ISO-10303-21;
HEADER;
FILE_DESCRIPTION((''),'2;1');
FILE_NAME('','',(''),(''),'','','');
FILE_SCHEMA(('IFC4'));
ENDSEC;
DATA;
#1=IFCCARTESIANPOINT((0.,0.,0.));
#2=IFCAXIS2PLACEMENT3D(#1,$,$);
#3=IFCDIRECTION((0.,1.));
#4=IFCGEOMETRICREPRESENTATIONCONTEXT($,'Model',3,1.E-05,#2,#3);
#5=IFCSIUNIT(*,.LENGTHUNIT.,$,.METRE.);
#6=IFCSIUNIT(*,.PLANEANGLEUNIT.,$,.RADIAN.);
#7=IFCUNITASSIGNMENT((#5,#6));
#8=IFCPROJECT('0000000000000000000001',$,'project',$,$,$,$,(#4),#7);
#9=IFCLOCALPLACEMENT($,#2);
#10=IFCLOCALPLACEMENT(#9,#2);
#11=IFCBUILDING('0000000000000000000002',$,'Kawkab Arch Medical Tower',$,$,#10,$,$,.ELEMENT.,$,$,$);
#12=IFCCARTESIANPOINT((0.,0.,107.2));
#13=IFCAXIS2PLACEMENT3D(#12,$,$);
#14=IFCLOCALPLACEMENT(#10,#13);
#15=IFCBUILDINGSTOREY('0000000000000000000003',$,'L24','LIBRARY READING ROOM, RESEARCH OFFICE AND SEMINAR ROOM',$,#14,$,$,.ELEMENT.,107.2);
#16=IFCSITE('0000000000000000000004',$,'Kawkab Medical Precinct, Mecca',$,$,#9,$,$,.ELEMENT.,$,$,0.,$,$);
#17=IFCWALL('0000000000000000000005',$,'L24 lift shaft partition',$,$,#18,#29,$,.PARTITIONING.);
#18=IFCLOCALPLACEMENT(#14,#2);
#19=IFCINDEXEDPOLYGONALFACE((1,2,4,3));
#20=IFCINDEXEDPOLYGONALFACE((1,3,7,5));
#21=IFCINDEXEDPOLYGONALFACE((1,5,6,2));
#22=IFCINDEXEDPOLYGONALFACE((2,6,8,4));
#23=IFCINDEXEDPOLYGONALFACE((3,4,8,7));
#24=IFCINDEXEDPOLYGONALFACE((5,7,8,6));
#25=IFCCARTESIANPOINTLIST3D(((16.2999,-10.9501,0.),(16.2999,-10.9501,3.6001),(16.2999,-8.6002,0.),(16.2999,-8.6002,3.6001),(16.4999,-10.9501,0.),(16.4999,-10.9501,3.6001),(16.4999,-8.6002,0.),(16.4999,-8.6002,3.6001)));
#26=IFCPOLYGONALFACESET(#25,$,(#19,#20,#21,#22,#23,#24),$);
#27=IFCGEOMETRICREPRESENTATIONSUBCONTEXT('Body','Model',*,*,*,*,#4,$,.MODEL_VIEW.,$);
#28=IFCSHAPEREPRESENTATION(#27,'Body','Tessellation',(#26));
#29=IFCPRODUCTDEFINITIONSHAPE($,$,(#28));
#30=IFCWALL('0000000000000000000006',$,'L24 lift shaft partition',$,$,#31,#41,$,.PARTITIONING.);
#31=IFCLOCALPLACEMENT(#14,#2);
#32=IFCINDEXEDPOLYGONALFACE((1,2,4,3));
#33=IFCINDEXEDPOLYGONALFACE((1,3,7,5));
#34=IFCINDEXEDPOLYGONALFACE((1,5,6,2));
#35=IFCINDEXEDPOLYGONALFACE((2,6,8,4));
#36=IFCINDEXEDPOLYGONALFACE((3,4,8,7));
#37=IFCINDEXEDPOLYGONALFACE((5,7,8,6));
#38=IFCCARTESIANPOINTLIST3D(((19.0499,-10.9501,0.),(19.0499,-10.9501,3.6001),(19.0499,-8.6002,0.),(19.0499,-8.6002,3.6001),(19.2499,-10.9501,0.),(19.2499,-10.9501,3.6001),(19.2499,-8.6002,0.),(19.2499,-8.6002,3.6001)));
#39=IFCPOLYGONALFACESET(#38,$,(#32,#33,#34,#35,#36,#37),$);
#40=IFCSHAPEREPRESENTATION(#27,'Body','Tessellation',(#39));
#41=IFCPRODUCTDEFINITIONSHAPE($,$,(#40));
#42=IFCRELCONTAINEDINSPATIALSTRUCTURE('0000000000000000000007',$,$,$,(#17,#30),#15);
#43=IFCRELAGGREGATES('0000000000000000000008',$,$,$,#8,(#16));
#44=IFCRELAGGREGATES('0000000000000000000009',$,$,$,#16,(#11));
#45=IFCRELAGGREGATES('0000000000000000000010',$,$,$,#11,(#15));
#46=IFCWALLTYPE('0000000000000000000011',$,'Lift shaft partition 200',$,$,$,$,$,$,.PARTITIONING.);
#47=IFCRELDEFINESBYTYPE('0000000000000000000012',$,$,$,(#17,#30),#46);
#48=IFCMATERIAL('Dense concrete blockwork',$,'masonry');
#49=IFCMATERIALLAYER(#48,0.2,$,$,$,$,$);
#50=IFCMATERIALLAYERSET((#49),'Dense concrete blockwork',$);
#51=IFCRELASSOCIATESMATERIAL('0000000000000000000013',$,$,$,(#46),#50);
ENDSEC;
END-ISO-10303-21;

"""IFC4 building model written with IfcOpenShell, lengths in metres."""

from ifc_helpers import new_model, si_unit, direction, frame, frame_2d, origin, place, context, subcontext, project, spatial, rectangle, extrude, material, layer, layer_set, type_object, element, save


model = new_model("IFC4")

# Units and contexts
model_context = context("Model", 3, precision=1e-05, world=origin(), true_north=direction((0.0, 1.0)))
body_context = subcontext(model_context, "Body", "Model", "MODEL_VIEW")
ifc_project = project(units=[si_unit("LENGTHUNIT", "METRE"), si_unit("PLANEANGLEUNIT", "RADIAN")], contexts=[model_context])

# Site, building, storey
site_placement = place(None, origin())
site = spatial("IfcSite", under=ifc_project, at=site_placement, Name="Kawkab Medical Precinct, Mecca", CompositionType="ELEMENT", RefElevation=0.0)
building_placement = place(site_placement, origin())
building = spatial("IfcBuilding", under=site, at=building_placement, Name="Kawkab Arch Medical Tower", CompositionType="ELEMENT")
storey_placement = place(building_placement, frame((0.0, 0.0, 107.2)))
storey = spatial("IfcBuildingStorey", under=building, at=storey_placement, Name="L24", Description="LIBRARY READING ROOM, RESEARCH OFFICE AND SEMINAR ROOM", CompositionType="ELEMENT", Elevation=107.2)

# Walls
ifc_material_1 = material(Name="Dense concrete blockwork", Category="masonry")
ifc_layer_1 = layer(ifc_material_1, 0.2)
ifc_layer_set_1 = layer_set([ifc_layer_1], Name="Dense concrete blockwork")
wall_type_1 = type_object("IfcWallType", Name="Lift shaft partition 200", PredefinedType="PARTITIONING", material=ifc_layer_set_1)
for number, where, z_axis, x_axis, name in (
    (1, (16.3999, -10.95, 0.0), (0.0, 0.0, 1.0), (0.0, 1.0, 0.0), "L24 lift shaft partition"),
    (2, (19.1499, -10.95, 0.0), (0.0, 0.0, 1.0), (0.0, 1.0, 0.0), "L24 lift shaft partition"),
):
    element("IfcWall", number, at=place(storey_placement, frame(where, z_axis=z_axis, x_axis=x_axis)), inside=storey, type_object=wall_type_1, Name=name, PredefinedType="PARTITIONING", context=body_context, shape_type="SweptSolid", body=[
        extrude(rectangle(XDim=2.3499, YDim=0.2, at=frame_2d((1.1748, 0.0))), origin(), (0.0, 0.0, 1.0), 3.6001),
    ])

save(model, "model.ifc")
